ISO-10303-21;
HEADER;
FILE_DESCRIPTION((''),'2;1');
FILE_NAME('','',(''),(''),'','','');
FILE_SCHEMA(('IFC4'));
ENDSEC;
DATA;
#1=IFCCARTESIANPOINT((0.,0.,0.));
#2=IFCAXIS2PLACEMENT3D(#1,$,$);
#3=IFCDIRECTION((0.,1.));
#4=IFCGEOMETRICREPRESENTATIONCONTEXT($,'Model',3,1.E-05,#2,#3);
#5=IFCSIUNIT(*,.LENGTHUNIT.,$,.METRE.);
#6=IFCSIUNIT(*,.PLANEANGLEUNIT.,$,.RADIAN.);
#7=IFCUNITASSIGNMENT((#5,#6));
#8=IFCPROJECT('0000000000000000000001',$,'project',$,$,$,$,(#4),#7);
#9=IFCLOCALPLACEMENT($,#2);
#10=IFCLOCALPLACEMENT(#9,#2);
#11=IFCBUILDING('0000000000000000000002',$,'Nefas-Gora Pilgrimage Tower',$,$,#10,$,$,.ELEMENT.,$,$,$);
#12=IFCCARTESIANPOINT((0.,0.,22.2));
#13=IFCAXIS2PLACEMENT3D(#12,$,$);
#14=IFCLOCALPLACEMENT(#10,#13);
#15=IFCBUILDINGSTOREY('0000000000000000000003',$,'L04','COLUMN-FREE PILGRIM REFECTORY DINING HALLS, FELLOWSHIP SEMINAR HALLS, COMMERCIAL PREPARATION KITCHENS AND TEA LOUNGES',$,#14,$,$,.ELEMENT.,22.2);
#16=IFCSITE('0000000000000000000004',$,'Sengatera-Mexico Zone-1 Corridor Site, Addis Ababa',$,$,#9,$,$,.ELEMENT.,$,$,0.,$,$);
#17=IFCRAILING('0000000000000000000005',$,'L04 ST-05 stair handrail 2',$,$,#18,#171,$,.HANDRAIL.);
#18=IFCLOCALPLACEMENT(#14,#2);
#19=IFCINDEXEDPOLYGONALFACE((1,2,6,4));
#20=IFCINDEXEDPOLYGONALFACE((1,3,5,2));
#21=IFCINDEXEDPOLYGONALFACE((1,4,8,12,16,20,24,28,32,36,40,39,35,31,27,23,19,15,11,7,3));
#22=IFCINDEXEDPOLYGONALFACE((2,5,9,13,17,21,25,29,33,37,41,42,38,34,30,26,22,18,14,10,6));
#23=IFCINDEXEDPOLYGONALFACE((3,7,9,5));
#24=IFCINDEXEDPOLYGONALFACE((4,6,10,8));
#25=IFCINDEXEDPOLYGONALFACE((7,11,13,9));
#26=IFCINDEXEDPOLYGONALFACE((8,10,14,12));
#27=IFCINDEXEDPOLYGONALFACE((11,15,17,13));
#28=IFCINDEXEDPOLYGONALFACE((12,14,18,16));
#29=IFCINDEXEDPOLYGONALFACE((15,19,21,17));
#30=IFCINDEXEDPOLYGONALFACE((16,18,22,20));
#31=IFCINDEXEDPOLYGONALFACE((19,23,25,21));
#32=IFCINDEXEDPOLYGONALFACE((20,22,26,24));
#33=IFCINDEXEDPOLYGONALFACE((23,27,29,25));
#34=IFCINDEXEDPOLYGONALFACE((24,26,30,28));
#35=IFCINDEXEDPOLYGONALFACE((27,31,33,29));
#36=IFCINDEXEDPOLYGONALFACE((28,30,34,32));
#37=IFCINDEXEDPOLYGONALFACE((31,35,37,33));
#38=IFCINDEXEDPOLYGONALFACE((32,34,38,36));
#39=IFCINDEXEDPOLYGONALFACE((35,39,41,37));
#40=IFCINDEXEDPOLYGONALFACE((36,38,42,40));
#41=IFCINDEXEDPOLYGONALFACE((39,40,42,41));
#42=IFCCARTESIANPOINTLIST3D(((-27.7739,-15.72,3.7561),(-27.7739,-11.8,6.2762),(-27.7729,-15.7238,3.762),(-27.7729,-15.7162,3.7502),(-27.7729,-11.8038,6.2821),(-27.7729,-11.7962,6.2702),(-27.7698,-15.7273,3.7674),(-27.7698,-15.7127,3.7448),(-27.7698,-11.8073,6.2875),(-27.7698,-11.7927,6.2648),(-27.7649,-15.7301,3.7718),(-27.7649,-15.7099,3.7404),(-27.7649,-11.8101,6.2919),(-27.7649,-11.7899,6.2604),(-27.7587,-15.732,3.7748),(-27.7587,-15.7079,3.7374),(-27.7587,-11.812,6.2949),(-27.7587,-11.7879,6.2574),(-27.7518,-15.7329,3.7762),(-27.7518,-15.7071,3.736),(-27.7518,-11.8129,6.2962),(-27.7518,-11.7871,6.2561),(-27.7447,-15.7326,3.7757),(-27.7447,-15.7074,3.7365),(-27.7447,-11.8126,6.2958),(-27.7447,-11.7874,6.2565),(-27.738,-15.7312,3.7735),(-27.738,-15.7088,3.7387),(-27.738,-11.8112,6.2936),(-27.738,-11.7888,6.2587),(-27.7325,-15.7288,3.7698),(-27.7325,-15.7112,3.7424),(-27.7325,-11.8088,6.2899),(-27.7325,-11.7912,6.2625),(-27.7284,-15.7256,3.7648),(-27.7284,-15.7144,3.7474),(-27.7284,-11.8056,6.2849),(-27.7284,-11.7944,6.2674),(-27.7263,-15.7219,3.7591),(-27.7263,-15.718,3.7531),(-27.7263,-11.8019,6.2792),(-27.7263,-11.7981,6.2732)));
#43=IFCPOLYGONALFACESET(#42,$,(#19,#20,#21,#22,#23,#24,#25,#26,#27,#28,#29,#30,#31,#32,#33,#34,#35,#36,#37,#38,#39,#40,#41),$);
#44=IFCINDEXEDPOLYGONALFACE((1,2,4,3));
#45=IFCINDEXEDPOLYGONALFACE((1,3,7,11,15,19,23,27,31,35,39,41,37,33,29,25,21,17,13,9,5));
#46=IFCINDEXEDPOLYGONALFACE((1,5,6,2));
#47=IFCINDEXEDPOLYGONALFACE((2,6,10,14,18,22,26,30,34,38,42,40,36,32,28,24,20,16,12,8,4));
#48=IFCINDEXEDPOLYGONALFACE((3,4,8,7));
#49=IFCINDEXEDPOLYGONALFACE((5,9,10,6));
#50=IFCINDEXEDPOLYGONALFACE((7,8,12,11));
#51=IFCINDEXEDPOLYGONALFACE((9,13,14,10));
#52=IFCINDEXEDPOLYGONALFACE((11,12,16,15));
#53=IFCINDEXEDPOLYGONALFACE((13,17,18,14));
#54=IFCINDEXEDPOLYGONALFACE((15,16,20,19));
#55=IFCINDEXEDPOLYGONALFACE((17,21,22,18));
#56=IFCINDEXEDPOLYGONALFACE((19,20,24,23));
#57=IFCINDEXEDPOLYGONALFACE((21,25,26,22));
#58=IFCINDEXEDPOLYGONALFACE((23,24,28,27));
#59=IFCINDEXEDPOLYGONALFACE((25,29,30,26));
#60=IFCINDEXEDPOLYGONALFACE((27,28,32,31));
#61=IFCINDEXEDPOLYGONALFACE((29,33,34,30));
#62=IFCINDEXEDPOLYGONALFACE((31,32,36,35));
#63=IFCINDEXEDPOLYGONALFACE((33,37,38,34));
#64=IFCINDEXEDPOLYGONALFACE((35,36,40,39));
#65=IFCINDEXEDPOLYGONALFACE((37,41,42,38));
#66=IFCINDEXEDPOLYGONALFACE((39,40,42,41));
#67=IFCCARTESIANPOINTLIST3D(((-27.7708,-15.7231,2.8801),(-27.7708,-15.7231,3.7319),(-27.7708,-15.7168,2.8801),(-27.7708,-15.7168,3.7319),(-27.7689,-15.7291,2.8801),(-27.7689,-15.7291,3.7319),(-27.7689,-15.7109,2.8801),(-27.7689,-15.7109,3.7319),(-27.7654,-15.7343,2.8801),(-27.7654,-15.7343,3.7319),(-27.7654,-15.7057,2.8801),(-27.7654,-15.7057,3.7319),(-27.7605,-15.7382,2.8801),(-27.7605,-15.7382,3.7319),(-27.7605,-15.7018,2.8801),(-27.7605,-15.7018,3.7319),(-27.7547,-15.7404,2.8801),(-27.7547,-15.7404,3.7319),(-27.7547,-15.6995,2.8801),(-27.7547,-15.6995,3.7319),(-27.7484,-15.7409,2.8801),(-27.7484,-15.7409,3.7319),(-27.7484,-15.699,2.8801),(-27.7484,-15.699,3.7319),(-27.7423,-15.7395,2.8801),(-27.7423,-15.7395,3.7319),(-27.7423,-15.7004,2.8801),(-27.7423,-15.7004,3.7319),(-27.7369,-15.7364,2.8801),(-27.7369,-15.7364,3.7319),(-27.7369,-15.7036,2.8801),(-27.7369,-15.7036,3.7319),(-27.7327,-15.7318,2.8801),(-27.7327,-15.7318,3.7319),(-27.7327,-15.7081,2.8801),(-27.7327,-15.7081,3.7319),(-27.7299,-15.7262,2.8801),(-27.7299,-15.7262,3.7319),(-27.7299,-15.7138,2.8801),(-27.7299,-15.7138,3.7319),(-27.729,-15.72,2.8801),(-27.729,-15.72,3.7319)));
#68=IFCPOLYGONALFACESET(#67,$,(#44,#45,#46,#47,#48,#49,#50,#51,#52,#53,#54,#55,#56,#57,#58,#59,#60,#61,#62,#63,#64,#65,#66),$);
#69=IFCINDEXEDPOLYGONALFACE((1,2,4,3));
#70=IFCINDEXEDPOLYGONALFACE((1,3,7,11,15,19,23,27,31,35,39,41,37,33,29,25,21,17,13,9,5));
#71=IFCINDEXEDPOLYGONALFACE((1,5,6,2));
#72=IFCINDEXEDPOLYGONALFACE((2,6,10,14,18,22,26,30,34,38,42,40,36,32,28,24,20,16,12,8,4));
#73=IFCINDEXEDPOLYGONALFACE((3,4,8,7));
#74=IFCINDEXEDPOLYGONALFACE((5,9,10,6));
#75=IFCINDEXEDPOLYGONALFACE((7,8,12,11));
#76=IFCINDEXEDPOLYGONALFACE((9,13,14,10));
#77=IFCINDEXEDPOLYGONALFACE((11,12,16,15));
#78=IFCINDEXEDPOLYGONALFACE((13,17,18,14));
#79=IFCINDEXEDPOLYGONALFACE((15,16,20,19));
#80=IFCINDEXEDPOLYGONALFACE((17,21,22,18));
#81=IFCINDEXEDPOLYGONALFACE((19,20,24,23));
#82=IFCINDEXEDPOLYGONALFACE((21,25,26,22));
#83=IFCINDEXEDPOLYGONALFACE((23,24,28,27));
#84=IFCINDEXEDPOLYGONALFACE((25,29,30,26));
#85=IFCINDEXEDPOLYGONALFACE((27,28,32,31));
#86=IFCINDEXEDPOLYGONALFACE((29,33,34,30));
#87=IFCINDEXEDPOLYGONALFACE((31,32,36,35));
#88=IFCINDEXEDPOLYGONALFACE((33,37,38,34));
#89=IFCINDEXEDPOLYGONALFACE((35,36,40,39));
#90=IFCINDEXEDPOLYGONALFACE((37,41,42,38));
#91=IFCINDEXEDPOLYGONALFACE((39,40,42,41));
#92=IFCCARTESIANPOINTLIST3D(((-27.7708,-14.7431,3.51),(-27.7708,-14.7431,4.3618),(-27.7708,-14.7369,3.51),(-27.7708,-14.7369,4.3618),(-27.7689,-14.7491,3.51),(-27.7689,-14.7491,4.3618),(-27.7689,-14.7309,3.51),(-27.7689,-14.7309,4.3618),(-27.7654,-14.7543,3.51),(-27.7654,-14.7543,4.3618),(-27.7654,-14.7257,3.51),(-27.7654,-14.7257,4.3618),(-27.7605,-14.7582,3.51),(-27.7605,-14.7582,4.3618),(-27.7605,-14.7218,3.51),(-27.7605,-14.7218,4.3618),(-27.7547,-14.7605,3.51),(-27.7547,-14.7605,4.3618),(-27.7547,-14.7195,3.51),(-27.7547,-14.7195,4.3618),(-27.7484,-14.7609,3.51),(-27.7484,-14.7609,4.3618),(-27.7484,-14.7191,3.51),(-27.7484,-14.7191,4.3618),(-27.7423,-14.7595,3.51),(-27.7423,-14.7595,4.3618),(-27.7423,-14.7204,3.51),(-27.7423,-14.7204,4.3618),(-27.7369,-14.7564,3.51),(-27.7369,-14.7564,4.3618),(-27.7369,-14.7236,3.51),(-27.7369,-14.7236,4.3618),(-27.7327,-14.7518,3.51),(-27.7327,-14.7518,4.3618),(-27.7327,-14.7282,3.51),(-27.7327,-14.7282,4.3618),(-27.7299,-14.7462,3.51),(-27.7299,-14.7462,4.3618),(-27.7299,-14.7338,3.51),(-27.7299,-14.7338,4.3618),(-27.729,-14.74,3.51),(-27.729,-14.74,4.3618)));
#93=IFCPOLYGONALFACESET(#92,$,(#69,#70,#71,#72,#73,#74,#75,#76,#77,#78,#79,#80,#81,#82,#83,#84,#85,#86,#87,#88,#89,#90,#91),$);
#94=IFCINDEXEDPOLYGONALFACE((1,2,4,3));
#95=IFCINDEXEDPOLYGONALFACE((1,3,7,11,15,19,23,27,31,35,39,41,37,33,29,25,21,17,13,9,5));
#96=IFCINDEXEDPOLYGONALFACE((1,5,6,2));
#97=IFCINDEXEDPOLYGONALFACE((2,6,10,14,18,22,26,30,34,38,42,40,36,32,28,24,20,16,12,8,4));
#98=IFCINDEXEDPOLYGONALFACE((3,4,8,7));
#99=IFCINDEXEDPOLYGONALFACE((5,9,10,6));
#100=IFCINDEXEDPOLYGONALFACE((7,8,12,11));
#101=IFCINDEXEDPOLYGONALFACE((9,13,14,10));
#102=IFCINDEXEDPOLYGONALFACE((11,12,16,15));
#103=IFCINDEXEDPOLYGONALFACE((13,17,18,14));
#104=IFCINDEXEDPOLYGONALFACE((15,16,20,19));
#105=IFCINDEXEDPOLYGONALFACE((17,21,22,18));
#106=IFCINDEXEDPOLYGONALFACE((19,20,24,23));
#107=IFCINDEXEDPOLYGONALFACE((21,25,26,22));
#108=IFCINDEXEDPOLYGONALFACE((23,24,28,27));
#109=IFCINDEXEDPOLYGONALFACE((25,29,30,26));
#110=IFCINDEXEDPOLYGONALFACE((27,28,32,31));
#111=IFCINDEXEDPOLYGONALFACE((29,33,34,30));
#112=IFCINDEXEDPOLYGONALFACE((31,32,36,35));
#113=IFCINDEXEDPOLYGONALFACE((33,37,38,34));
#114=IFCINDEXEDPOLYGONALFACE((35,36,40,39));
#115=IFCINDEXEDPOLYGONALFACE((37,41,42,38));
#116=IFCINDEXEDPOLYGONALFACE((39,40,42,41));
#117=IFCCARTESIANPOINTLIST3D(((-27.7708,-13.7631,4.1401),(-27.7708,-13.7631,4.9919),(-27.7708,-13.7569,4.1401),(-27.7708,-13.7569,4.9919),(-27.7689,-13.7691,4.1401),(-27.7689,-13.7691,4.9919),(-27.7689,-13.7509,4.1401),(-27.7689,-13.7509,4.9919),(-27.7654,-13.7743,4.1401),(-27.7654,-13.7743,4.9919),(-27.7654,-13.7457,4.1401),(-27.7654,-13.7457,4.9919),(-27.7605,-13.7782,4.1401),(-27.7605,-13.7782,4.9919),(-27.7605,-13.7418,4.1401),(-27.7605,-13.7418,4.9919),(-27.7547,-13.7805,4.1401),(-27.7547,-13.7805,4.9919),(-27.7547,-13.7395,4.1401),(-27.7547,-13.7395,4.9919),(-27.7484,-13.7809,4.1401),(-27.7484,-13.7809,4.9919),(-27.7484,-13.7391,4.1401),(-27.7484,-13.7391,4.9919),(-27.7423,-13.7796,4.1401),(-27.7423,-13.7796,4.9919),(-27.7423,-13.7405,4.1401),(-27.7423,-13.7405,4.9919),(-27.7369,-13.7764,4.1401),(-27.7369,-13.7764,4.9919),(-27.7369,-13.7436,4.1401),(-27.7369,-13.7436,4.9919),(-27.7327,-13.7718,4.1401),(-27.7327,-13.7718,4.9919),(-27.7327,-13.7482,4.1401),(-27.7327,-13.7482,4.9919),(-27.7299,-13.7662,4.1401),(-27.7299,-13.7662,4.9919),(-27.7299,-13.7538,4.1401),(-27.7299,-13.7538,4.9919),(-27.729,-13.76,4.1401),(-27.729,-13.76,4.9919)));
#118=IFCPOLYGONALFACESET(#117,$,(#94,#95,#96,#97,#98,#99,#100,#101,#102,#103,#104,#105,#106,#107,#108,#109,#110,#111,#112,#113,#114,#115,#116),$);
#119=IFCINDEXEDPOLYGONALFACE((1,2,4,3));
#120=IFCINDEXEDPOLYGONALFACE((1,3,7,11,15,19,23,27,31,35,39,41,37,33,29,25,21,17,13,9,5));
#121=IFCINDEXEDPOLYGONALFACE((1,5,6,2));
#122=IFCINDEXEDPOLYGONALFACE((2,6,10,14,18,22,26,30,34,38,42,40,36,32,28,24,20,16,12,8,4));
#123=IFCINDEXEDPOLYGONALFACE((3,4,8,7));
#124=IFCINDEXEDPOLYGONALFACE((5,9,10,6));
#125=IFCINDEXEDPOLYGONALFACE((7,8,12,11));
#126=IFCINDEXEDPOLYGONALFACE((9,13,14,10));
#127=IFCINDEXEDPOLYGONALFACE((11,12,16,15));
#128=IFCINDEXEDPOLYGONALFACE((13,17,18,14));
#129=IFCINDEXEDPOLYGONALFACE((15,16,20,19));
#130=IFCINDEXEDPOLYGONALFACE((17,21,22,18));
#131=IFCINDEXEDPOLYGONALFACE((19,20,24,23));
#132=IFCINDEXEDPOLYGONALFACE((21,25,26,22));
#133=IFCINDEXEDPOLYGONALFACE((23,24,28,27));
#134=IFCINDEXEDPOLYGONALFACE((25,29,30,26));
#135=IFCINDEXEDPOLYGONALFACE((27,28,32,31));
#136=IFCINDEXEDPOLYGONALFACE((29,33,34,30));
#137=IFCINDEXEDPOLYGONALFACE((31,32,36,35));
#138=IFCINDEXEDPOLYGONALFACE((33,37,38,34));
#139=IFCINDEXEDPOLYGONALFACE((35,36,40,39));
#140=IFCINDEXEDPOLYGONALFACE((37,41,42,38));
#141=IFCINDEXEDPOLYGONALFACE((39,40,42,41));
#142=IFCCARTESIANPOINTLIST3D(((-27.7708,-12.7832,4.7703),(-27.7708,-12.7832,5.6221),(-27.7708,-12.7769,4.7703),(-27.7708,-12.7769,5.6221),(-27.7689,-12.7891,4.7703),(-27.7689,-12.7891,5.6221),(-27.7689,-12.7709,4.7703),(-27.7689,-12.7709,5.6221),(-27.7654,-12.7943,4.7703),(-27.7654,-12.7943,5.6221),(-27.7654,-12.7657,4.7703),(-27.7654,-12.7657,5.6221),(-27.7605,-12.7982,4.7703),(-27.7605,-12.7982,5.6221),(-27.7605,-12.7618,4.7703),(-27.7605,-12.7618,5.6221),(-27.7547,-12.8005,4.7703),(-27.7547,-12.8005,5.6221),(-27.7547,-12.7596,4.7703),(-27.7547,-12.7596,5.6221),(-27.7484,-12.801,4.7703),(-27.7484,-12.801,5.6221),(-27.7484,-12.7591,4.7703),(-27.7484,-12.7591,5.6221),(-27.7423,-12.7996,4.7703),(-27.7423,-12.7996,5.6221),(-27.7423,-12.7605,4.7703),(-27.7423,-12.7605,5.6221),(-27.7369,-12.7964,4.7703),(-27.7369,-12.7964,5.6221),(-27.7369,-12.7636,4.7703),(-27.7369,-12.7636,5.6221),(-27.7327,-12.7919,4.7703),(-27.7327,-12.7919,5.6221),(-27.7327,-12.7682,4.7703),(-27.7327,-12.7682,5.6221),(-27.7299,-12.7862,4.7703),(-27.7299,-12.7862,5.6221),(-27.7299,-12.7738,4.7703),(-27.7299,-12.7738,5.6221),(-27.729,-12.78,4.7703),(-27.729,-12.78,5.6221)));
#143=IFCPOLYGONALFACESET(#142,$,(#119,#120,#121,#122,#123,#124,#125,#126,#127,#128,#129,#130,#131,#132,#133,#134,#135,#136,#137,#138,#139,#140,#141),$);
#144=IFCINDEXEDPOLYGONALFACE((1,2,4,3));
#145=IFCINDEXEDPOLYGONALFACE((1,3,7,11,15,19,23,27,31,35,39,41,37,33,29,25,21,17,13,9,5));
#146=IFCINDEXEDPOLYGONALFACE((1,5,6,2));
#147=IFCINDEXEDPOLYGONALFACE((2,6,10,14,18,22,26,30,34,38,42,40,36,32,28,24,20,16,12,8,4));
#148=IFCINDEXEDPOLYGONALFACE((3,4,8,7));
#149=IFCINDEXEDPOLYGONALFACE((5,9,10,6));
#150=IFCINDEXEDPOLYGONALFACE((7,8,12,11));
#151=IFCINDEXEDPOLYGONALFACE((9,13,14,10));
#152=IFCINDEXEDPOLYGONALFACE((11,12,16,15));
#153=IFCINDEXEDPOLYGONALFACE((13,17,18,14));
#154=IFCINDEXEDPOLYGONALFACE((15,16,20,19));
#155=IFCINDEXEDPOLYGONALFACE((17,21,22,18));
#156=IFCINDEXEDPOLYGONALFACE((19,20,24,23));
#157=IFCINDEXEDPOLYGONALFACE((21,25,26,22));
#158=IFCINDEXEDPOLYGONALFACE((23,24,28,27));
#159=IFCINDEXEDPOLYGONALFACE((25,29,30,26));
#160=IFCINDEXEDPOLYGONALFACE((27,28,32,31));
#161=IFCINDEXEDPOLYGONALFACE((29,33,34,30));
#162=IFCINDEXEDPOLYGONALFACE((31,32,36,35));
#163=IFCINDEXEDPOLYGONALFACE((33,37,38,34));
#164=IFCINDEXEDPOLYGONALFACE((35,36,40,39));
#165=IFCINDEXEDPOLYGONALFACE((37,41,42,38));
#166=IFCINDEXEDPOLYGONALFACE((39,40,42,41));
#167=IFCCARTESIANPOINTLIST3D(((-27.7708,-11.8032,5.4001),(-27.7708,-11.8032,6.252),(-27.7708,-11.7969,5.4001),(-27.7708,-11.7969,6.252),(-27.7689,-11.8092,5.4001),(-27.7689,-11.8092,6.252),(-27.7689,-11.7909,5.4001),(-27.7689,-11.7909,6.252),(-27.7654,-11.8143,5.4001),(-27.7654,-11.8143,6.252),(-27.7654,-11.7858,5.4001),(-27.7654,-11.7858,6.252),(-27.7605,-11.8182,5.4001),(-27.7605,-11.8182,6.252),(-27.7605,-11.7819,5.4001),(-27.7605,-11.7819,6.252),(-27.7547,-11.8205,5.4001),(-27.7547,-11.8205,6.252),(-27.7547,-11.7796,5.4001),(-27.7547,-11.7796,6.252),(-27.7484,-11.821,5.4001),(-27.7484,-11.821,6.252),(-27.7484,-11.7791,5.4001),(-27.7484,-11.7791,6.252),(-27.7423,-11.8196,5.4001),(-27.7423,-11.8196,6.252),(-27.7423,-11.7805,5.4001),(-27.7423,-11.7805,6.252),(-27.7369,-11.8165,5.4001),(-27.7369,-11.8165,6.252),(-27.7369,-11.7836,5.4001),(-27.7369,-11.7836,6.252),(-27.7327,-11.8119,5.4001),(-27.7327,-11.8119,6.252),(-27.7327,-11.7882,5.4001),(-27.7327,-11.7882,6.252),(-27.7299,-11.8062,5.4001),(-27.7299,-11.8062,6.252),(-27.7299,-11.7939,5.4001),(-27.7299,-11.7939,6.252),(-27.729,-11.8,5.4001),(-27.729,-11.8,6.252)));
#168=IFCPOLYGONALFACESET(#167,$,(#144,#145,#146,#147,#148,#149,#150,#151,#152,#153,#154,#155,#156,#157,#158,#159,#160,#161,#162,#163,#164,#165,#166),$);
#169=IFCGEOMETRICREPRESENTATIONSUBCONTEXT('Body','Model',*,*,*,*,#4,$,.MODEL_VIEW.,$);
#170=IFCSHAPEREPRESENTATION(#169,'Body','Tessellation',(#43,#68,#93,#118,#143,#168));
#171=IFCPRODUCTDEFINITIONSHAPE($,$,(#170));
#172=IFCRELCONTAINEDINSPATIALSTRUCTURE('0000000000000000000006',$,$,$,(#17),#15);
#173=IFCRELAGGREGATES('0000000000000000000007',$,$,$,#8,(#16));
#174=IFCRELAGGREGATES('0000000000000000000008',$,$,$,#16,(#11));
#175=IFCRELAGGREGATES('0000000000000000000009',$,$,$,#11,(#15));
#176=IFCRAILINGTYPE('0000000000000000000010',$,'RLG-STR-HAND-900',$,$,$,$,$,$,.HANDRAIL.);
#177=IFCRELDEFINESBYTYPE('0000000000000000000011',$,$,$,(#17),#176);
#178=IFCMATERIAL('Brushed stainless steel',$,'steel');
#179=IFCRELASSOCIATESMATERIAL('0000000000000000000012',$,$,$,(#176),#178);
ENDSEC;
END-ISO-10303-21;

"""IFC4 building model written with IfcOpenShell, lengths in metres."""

from ifc_helpers import new_model, si_unit, direction, frame, origin, origin_2d, place, context, subcontext, project, spatial, circle, extrude, material, type_object, element, save


model = new_model("IFC4")

# Units and contexts
model_context = context("Model", 3, precision=1e-05, world=origin(), true_north=direction((0.0, 1.0)))
body_context = subcontext(model_context, "Body", "Model", "MODEL_VIEW")
ifc_project = project(units=[si_unit("LENGTHUNIT", "METRE"), si_unit("PLANEANGLEUNIT", "RADIAN")], contexts=[model_context])

# Site, building, storey
site_placement = place(None, origin())
site = spatial("IfcSite", under=ifc_project, at=site_placement, Name="Sengatera-Mexico Zone-1 Corridor Site, Addis Ababa", CompositionType="ELEMENT", RefElevation=0.0)
building_placement = place(site_placement, origin())
building = spatial("IfcBuilding", under=site, at=building_placement, Name="Nefas-Gora Pilgrimage Tower", CompositionType="ELEMENT")
storey_placement = place(building_placement, frame((0.0, 0.0, 22.2)))
storey = spatial("IfcBuildingStorey", under=building, at=storey_placement, Name="L04", Description="COLUMN-FREE PILGRIM REFECTORY DINING HALLS, FELLOWSHIP SEMINAR HALLS, COMMERCIAL PREPARATION KITCHENS AND TEA LOUNGES", CompositionType="ELEMENT", Elevation=22.2)

# Railing
ifc_material_1 = material(Name="Brushed stainless steel", Category="steel")
railing_type_1 = type_object("IfcRailingType", Name="RLG-STR-HAND-900", PredefinedType="HANDRAIL", material=ifc_material_1)
railing_1_placement = place(storey_placement, frame((-27.75, -15.72, 2.8801)))
element("IfcRailing", 1, at=railing_1_placement, inside=storey, type_object=railing_type_1, Name="L04 ST-05 stair handrail 2", PredefinedType="HANDRAIL", context=body_context, shape_type="SweptSolid", body=[
    extrude(circle(Radius=0.0239, at=origin_2d()), frame((0.0, 0.0, 0.876), z_axis=(0.0, 0.841172, 0.540768), x_axis=(-1.0, 0.0, 0.0)), (0.0, 0.0, 1.0), 4.6602),
    extrude(circle(Radius=0.021, at=origin_2d()), origin(), (0.0, 0.0, 1.0), 0.8518),
    extrude(circle(Radius=0.021, at=origin_2d()), frame((0.0, 0.98, 0.6299)), (0.0, 0.0, 1.0), 0.8518),
    extrude(circle(Radius=0.021, at=origin_2d()), frame((0.0, 1.96, 1.26)), (0.0, 0.0, 1.0), 0.8518),
    extrude(circle(Radius=0.021, at=origin_2d()), frame((0.0, 2.9399, 1.8901)), (0.0, 0.0, 1.0), 0.8518),
    extrude(circle(Radius=0.021, at=origin_2d()), frame((0.0, 3.9199, 2.52)), (0.0, 0.0, 1.0), 0.8518),
])

save(model, "model.ifc")
